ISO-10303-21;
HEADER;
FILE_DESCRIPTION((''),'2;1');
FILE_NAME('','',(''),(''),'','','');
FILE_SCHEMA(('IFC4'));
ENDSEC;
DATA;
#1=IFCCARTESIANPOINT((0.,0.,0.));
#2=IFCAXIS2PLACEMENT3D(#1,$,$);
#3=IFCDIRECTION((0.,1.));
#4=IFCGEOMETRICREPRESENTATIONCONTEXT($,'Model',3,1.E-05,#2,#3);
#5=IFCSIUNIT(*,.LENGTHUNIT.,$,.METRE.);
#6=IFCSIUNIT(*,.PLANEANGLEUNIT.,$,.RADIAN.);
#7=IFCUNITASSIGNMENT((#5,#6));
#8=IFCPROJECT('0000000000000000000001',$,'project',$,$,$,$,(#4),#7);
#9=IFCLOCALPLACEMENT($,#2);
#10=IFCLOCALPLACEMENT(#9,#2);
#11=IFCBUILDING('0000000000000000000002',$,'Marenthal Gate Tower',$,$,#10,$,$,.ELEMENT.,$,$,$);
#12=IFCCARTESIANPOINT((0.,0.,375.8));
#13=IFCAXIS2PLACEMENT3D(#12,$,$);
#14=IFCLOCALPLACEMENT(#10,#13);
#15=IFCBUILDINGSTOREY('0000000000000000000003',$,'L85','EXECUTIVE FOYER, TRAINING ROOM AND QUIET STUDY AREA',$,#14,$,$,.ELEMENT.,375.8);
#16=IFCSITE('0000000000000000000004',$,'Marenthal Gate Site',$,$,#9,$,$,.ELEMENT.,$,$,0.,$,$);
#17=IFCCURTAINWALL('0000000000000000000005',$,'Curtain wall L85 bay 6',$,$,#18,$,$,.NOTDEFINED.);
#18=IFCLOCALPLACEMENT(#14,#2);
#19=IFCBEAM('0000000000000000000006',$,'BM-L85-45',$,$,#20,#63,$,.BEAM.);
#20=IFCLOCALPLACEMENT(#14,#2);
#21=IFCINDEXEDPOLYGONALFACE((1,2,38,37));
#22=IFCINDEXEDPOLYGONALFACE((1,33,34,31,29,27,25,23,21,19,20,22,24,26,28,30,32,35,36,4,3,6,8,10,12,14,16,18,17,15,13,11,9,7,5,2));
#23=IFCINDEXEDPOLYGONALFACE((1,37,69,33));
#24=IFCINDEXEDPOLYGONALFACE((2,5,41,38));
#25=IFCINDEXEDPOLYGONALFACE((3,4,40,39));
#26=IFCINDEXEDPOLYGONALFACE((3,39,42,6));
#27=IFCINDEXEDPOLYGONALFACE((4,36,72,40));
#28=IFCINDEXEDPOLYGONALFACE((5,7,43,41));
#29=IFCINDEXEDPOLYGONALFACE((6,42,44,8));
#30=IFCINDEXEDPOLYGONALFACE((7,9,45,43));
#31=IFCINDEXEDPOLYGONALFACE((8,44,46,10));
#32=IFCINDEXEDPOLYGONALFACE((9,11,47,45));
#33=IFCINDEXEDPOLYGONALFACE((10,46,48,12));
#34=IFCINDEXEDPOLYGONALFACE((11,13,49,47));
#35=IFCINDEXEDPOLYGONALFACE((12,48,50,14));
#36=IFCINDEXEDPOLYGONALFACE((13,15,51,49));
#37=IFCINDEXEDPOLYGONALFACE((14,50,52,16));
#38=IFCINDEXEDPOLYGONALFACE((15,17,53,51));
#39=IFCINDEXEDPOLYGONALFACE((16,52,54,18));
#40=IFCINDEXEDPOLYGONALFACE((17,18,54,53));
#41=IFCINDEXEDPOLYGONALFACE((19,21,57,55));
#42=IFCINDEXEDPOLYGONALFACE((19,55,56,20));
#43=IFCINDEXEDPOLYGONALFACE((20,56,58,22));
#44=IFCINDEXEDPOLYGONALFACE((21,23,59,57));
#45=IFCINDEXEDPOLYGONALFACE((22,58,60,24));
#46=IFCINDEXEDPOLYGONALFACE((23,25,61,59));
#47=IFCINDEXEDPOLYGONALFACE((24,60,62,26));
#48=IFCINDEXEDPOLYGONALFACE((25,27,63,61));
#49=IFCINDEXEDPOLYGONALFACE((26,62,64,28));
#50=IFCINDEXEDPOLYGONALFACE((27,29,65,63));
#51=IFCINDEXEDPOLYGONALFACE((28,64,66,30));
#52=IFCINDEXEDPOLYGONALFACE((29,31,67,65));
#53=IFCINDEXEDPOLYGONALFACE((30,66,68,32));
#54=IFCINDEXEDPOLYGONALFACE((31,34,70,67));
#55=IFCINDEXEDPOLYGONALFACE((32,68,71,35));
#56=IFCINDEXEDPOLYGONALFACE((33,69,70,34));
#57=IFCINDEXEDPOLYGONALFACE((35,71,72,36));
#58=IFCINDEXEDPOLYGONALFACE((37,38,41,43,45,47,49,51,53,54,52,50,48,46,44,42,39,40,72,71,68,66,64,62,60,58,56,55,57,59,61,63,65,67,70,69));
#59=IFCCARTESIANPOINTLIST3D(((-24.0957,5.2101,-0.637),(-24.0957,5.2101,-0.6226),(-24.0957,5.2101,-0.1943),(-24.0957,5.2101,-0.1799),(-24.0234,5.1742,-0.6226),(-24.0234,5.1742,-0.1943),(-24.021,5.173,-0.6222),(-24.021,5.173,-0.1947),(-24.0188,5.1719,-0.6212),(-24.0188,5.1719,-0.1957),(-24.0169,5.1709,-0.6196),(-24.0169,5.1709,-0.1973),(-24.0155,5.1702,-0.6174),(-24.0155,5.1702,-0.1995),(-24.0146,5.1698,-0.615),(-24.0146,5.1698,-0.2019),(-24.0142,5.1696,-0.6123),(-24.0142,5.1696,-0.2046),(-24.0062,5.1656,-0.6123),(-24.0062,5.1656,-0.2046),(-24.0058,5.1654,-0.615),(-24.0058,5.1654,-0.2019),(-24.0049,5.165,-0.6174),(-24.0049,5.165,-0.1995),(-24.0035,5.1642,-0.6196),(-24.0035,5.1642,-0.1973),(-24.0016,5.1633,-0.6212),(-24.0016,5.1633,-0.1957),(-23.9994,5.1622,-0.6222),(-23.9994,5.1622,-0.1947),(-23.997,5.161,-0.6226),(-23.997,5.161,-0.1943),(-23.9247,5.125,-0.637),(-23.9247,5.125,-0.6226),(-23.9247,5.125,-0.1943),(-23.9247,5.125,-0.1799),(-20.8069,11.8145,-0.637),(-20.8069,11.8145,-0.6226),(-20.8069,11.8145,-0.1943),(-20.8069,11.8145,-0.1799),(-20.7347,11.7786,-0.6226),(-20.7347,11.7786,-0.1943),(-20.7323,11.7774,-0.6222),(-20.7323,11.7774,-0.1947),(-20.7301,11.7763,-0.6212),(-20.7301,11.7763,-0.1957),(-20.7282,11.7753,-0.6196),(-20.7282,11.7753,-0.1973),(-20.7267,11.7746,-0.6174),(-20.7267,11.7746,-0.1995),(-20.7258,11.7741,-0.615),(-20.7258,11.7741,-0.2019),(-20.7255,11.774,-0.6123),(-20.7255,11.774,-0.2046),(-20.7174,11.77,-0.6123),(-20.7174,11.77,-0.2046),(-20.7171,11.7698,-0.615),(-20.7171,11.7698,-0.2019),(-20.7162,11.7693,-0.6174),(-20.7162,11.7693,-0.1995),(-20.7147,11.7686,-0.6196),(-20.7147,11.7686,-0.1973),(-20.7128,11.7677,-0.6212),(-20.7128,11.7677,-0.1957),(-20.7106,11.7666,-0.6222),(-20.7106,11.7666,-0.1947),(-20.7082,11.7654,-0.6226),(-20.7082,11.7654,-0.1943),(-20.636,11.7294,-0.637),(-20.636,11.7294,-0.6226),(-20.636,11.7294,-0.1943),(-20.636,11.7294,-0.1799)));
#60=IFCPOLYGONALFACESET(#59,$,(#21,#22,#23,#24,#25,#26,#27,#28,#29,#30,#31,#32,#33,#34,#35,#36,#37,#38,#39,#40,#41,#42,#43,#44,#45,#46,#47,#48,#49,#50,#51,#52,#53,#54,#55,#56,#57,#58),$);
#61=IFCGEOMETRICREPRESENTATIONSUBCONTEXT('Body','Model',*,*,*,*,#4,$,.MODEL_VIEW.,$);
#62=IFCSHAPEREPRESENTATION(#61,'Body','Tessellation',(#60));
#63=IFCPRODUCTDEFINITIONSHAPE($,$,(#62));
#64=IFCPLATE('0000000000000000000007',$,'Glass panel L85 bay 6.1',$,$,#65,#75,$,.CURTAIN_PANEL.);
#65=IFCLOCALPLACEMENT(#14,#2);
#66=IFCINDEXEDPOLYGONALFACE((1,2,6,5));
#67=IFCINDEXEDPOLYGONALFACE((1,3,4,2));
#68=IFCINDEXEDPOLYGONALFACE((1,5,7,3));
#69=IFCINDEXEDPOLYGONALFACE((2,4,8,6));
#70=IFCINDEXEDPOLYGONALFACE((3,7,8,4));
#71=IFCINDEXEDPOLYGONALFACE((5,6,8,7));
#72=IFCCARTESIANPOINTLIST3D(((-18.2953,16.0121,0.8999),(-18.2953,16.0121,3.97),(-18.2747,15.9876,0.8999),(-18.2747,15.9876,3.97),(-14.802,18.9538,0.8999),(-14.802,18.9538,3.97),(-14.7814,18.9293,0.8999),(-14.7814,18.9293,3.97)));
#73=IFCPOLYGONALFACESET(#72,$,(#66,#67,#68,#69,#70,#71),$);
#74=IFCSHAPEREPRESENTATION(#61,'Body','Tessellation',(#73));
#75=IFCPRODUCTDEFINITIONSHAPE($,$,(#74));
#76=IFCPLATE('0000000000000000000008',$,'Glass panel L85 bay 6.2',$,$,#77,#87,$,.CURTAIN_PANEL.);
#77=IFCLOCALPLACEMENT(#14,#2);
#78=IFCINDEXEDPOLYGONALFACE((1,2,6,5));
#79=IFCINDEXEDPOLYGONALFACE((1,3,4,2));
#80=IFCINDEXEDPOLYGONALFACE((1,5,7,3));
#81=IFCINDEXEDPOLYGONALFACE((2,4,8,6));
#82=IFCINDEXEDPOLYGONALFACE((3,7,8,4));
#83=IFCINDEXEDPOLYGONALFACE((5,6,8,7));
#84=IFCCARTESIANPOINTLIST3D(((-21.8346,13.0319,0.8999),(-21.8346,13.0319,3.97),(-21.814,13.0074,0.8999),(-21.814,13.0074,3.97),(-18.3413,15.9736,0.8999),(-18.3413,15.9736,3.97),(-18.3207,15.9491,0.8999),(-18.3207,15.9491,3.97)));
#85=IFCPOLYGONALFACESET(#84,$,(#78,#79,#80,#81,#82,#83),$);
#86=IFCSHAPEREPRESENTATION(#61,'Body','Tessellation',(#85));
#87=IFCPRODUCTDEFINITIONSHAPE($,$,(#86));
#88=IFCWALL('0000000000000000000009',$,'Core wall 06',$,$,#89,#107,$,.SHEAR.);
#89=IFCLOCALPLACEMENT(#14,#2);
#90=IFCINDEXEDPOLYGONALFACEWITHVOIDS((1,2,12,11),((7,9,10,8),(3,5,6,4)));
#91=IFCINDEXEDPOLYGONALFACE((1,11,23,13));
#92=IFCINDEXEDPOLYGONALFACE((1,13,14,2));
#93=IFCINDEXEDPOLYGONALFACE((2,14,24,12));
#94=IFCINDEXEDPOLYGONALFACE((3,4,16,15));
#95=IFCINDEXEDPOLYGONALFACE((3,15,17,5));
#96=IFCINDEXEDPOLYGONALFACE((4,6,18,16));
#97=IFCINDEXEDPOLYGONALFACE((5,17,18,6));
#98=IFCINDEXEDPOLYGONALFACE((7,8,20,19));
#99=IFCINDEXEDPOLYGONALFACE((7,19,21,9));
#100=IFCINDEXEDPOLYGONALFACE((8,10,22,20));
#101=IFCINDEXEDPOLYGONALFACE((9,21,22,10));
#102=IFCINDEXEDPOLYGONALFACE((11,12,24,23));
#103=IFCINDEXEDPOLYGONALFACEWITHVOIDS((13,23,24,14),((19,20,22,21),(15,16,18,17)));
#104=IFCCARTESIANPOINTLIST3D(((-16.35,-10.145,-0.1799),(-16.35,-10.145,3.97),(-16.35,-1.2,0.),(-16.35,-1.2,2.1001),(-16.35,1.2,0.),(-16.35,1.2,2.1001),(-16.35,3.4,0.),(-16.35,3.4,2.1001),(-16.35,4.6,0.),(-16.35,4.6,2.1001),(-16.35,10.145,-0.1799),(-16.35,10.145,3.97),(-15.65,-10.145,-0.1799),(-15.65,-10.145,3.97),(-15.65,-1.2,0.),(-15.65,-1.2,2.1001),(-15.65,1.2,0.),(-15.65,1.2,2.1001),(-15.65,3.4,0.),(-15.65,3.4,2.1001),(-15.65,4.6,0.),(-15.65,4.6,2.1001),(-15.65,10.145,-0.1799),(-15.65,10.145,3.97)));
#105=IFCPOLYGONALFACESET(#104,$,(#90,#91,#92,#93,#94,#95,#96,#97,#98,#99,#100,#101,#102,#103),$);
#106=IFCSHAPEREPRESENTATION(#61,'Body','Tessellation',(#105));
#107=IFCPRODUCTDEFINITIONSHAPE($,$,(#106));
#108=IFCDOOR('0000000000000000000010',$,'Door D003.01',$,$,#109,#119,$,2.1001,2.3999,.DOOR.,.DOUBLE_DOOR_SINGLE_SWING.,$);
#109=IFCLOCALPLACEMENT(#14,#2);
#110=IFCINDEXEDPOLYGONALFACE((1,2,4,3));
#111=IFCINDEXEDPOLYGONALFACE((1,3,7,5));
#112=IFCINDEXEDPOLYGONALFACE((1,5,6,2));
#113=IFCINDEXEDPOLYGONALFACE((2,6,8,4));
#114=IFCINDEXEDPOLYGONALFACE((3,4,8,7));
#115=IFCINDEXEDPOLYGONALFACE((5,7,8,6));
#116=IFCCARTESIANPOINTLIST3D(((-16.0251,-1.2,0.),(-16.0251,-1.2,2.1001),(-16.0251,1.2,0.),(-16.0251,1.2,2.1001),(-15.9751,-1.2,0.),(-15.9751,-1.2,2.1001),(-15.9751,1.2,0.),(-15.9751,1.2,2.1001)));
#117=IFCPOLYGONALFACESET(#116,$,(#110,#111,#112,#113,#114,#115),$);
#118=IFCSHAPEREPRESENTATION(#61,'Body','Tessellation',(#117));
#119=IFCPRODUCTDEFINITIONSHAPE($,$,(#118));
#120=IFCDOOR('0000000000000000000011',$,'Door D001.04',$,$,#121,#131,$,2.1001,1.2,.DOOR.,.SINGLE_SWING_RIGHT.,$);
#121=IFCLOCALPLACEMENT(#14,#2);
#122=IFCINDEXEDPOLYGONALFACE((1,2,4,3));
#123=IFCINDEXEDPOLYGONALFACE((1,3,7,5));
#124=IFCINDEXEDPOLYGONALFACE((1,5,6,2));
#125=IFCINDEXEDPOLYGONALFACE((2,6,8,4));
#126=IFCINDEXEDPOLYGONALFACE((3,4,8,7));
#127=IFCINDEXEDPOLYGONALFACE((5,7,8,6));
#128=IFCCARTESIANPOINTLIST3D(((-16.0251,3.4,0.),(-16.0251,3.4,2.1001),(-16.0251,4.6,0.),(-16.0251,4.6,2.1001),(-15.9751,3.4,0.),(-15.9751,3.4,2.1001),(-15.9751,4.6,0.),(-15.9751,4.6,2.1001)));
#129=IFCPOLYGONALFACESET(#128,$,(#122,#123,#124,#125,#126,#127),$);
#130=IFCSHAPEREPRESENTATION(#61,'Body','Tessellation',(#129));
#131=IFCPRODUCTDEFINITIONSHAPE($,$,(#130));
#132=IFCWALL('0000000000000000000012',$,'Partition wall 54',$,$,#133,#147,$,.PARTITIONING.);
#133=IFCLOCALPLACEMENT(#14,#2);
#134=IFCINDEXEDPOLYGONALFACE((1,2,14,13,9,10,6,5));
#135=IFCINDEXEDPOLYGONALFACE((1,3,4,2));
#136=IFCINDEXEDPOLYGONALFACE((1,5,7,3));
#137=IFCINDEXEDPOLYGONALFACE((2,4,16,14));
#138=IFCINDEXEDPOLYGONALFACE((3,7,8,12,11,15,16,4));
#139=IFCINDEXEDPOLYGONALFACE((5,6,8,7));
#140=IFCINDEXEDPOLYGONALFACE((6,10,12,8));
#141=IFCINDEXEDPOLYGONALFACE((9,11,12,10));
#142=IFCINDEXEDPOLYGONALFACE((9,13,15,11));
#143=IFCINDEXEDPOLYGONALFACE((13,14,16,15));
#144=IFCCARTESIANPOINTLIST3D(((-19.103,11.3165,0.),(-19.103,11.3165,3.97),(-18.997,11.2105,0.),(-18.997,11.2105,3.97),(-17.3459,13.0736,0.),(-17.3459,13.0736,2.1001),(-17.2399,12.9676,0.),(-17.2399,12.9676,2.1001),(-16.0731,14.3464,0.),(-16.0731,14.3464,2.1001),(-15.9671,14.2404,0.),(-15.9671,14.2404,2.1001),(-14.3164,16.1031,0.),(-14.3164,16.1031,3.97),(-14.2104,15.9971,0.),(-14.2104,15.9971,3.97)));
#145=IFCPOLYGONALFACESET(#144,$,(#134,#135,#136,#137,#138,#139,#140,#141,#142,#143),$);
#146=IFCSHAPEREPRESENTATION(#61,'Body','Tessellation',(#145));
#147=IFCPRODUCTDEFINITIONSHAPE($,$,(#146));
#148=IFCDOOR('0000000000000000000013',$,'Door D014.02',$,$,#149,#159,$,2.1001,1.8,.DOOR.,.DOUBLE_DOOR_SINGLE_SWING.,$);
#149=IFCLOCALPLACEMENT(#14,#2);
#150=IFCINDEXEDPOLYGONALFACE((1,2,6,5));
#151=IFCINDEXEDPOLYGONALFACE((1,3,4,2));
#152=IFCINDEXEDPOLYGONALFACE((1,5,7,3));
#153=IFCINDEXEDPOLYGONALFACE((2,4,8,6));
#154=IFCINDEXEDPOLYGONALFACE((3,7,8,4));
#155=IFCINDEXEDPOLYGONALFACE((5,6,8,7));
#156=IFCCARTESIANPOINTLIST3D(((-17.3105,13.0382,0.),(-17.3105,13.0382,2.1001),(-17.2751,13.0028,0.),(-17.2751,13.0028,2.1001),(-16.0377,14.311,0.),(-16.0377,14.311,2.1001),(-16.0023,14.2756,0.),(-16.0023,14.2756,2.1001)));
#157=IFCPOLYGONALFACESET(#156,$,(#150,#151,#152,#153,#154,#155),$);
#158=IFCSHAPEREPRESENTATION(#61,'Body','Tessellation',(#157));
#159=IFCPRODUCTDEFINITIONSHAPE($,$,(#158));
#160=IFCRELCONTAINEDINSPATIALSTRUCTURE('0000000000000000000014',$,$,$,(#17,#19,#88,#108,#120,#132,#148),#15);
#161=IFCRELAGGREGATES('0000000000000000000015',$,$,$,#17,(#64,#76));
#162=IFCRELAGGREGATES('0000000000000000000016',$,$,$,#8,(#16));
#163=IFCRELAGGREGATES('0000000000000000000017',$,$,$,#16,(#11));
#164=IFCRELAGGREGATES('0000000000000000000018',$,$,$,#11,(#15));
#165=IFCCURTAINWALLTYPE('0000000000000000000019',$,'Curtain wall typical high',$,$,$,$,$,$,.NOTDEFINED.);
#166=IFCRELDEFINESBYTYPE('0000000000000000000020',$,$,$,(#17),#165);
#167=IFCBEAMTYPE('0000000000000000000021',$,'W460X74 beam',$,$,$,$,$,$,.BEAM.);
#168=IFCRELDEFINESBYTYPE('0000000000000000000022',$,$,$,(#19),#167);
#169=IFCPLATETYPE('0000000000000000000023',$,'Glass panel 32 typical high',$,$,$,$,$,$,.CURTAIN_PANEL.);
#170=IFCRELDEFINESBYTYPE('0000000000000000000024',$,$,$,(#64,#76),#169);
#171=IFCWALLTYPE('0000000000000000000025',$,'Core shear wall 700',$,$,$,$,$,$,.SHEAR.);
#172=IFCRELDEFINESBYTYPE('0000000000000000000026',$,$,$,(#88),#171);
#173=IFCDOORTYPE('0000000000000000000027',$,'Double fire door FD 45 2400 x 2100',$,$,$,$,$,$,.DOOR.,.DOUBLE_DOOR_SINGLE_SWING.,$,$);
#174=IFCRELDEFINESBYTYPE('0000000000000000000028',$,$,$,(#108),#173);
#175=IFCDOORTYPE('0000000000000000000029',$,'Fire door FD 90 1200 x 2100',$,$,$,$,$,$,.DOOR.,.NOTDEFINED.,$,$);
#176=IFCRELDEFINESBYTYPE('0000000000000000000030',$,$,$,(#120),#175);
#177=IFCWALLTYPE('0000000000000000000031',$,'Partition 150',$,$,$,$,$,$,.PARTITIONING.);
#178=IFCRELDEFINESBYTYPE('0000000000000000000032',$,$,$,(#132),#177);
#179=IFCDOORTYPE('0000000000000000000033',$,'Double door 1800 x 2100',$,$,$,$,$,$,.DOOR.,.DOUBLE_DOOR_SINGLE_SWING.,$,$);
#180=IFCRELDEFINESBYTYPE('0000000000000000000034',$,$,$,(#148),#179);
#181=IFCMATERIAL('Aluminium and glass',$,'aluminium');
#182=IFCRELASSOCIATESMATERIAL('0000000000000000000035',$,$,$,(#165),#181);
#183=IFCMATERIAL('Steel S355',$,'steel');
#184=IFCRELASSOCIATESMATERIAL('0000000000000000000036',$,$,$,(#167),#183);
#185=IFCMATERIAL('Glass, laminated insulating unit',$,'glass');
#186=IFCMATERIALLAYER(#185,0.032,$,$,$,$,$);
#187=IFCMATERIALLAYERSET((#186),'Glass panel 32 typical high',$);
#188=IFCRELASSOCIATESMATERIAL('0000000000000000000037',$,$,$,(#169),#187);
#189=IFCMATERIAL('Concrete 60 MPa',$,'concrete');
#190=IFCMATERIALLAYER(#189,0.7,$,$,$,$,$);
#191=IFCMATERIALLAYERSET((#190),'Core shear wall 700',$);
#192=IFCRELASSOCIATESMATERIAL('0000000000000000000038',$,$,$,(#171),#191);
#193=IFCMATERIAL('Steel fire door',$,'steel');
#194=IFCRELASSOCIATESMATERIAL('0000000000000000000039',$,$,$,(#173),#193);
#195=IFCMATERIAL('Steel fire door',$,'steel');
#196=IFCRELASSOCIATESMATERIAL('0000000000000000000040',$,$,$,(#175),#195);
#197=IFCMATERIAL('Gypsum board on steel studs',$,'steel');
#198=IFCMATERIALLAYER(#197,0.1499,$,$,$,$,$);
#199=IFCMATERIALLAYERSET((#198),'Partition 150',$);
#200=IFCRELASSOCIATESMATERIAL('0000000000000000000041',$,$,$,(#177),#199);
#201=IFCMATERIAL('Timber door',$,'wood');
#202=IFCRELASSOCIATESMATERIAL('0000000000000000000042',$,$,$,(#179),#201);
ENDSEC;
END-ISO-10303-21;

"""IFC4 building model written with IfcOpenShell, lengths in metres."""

from ifc_helpers import new_model, si_unit, direction, frame, frame_2d, origin, origin_2d, place, context, subcontext, project, spatial, rectangle, i_section, extrude, material, layer, layer_set, material_profile, profile_set, type_object, element, fill, aggregate, save


model = new_model("IFC4")

# Units and contexts
model_context = context("Model", 3, precision=1e-05, world=origin(), true_north=direction((0.0, 1.0)))
body_context = subcontext(model_context, "Body", "Model", "MODEL_VIEW")
ifc_project = project(units=[si_unit("LENGTHUNIT", "METRE"), si_unit("PLANEANGLEUNIT", "RADIAN")], contexts=[model_context])

# Site, building, storey
site_placement = place(None, origin())
site = spatial("IfcSite", under=ifc_project, at=site_placement, Name="Marenthal Gate Site", CompositionType="ELEMENT", RefElevation=0.0)
building_placement = place(site_placement, origin())
building = spatial("IfcBuilding", under=site, at=building_placement, Name="Marenthal Gate Tower", CompositionType="ELEMENT")
storey_placement = place(building_placement, frame((0.0, 0.0, 375.8)))
storey = spatial("IfcBuildingStorey", under=building, at=storey_placement, Name="L85", Description="EXECUTIVE FOYER, TRAINING ROOM AND QUIET STUDY AREA", CompositionType="ELEMENT", Elevation=375.8)

# Curtain wall
ifc_material_1 = material(Name="Aluminium and glass", Category="aluminium")
curtain_wall_type = type_object("IfcCurtainWallType", Name="Curtain wall typical high", PredefinedType="NOTDEFINED", material=ifc_material_1)
curtain_wall_placement = place(storey_placement, origin())
curtain_wall = element("IfcCurtainWall", 1, at=curtain_wall_placement, inside=storey, type_object=curtain_wall_type, Name="Curtain wall L85 bay 6", PredefinedType="NOTDEFINED")

# Beam
ifc_material_2 = material(Name="Steel S355", Category="steel")
ifc_material_profile_1 = material_profile(ifc_material_2, i_section(OverallWidth=0.1909, OverallDepth=0.457, WebThickness=0.009, FlangeThickness=0.0144, FilletRadius=0.0103, at=origin_2d()), Name="W460X74")
ifc_profile_set_1 = profile_set([ifc_material_profile_1], Name="Steel S355")
beam_type_1 = type_object("IfcBeamType", Name="W460X74 beam", PredefinedType="BEAM", material=ifc_profile_set_1)
beam_1_placement = place(storey_placement, frame((-20.7214, 11.772, -0.4084), z_axis=(-0.445757, -0.895154, 0.0), x_axis=(0.895154, -0.445757, 0.0)))
element("IfcBeam", 2, at=beam_1_placement, inside=storey, type_object=beam_type_1, Name="BM-L85-45", PredefinedType="BEAM", context=body_context, shape_type="SweptSolid", body=[
    extrude(i_section(OverallWidth=0.1909, OverallDepth=0.457, WebThickness=0.009, FlangeThickness=0.0144, FilletRadius=0.0103, at=origin_2d()), origin(), (0.0, 0.0, 1.0), 7.3779),
])

# Plates
ifc_material_3 = material(Name="Glass, laminated insulating unit", Category="glass")
ifc_layer_1 = layer(ifc_material_3, 0.032)
ifc_layer_set_1 = layer_set([ifc_layer_1], Name="Glass panel 32 typical high")
plate_type = type_object("IfcPlateType", Name="Glass panel 32 typical high", PredefinedType="CURTAIN_PANEL", material=ifc_layer_set_1)
plate_1_placement = place(storey_placement, frame((-16.5383, 17.4707, 0.8999), z_axis=(0.0, 0.0, 1.0), x_axis=(-0.764912, -0.644135, 0.0)))
plate_1 = element("IfcPlate", 3, at=plate_1_placement, type_object=plate_type, Name="Glass panel L85 bay 6.1", PredefinedType="CURTAIN_PANEL", context=body_context, shape_type="SweptSolid", body=[
    extrude(rectangle(XDim=4.5669, YDim=0.032, at=origin_2d()), origin(), (0.0, 0.0, 1.0), 3.0701),
])
plate_2_placement = place(storey_placement, frame((-20.0776, 14.4905, 0.8999), z_axis=(0.0, 0.0, 1.0), x_axis=(-0.764912, -0.644135, 0.0)))
plate_2 = element("IfcPlate", 4, at=plate_2_placement, type_object=plate_type, Name="Glass panel L85 bay 6.2", PredefinedType="CURTAIN_PANEL", context=body_context, shape_type="SweptSolid", body=[
    extrude(rectangle(XDim=4.5669, YDim=0.032, at=origin_2d()), origin(), (0.0, 0.0, 1.0), 3.0701),
])
aggregate(curtain_wall, [plate_1, plate_2])

# Wall, openings, doors
ifc_material_4 = material(Name="Concrete 60 MPa", Category="concrete")
ifc_layer_2 = layer(ifc_material_4, 0.7)
ifc_layer_set_2 = layer_set([ifc_layer_2], Name="Core shear wall 700")
wall_type_1 = type_object("IfcWallType", Name="Core shear wall 700", PredefinedType="SHEAR", material=ifc_layer_set_2)
wall_1_placement = place(storey_placement, frame((-16.0, 10.145, -0.1799), z_axis=(0.0, 0.0, 1.0), x_axis=(0.0, -1.0, 0.0)))
wall_1 = element("IfcWall", 5, at=wall_1_placement, inside=storey, type_object=wall_type_1, Name="Core wall 06", PredefinedType="SHEAR", context=body_context, shape_type="SweptSolid", body=[
    extrude(rectangle(XDim=20.29, YDim=0.7, at=frame_2d((10.145, 0.0))), origin(), (0.0, 0.0, 1.0), 4.1499),
])
opening_1_placement = place(wall_1_placement, frame((8.9451, 0.0, 0.1799)))
opening_1 = element("IfcOpeningElement", 6, at=opening_1_placement, cuts=wall_1, PredefinedType="OPENING", context=body_context, shape_type="SweptSolid", body=[
    extrude(rectangle(XDim=2.3999, YDim=2.1001, at=frame_2d((1.2, 1.05))), frame((0.0, 0.3599, 0.0), z_axis=(0.0, -1.0, 0.0), x_axis=(1.0, 0.0, 0.0)), (0.0, 0.0, 1.0), 0.72),
])
opening_2_placement = place(wall_1_placement, frame((5.5449, 0.0, 0.1799)))
opening_2 = element("IfcOpeningElement", 7, at=opening_2_placement, cuts=wall_1, PredefinedType="OPENING", context=body_context, shape_type="SweptSolid", body=[
    extrude(rectangle(XDim=1.2, YDim=2.1001, at=frame_2d((0.6001, 1.05))), frame((0.0, 0.3599, 0.0), z_axis=(0.0, -1.0, 0.0), x_axis=(1.0, 0.0, 0.0)), (0.0, 0.0, 1.0), 0.72),
])
ifc_material_5 = material(Name="Steel fire door", Category="steel")
door_type_1 = type_object("IfcDoorType", Name="Double fire door FD 45 2400 x 2100", OperationType="DOUBLE_DOOR_SINGLE_SWING", PredefinedType="DOOR", material=ifc_material_5)
door_1_placement = place(opening_1_placement, origin())
door_1 = element("IfcDoor", 8, at=door_1_placement, inside=storey, type_object=door_type_1, Name="Door D003.01", OperationType="DOUBLE_DOOR_SINGLE_SWING", OverallHeight=2.1001, OverallWidth=2.3999, PredefinedType="DOOR", context=body_context, shape_type="SweptSolid", body=[
    extrude(rectangle(XDim=2.3999, YDim=2.1001, at=frame_2d((1.2, 1.05))), frame((0.0, 0.0249, 0.0), z_axis=(0.0, -1.0, 0.0), x_axis=(1.0, 0.0, 0.0)), (0.0, 0.0, 1.0), 0.05),
])
fill(opening_1, door_1)
ifc_material_6 = material(Name="Steel fire door", Category="steel")
door_type_2 = type_object("IfcDoorType", Name="Fire door FD 90 1200 x 2100", OperationType="NOTDEFINED", PredefinedType="DOOR", material=ifc_material_6)
door_2_placement = place(opening_2_placement, origin())
door_2 = element("IfcDoor", 9, at=door_2_placement, inside=storey, type_object=door_type_2, Name="Door D001.04", OperationType="SINGLE_SWING_RIGHT", OverallHeight=2.1001, OverallWidth=1.2, PredefinedType="DOOR", context=body_context, shape_type="SweptSolid", body=[
    extrude(rectangle(XDim=1.2, YDim=2.1001, at=frame_2d((0.6001, 1.05))), frame((0.0, 0.0249, 0.0), z_axis=(0.0, -1.0, 0.0), x_axis=(1.0, 0.0, 0.0)), (0.0, 0.0, 1.0), 0.05),
])
fill(opening_2, door_2)

# Wall, opening, door
ifc_material_7 = material(Name="Gypsum board on steel studs", Category="steel")
ifc_layer_3 = layer(ifc_material_7, 0.1499)
ifc_layer_set_3 = layer_set([ifc_layer_3], Name="Partition 150")
wall_type_2 = type_object("IfcWallType", Name="Partition 150", PredefinedType="PARTITIONING", material=ifc_layer_set_3)
wall_2_placement = place(storey_placement, frame((-19.05, 11.2634, 0.0), z_axis=(0.0, 0.0, 1.0), x_axis=(0.707107, 0.707107, 0.0)))
wall_2 = element("IfcWall", 10, at=wall_2_placement, inside=storey, type_object=wall_type_2, Name="Partition wall 54", PredefinedType="PARTITIONING", context=body_context, shape_type="SweptSolid", body=[
    extrude(rectangle(XDim=6.7693, YDim=0.1499, at=frame_2d((3.3848, 0.0))), origin(), (0.0, 0.0, 1.0), 3.97),
])
opening_3_placement = place(wall_2_placement, frame((2.4851, 0.0, 0.0)))
opening_3 = element("IfcOpeningElement", 11, at=opening_3_placement, cuts=wall_2, PredefinedType="OPENING", context=body_context, shape_type="SweptSolid", body=[
    extrude(rectangle(XDim=1.8, YDim=2.1001, at=frame_2d((0.8999, 1.05))), frame((0.0, 0.085, 0.0), z_axis=(0.0, -1.0, 0.0), x_axis=(1.0, 0.0, 0.0)), (0.0, 0.0, 1.0), 0.1699),
])
ifc_material_8 = material(Name="Timber door", Category="wood")
door_type_3 = type_object("IfcDoorType", Name="Double door 1800 x 2100", OperationType="DOUBLE_DOOR_SINGLE_SWING", PredefinedType="DOOR", material=ifc_material_8)
door_3_placement = place(opening_3_placement, origin())
door_3 = element("IfcDoor", 12, at=door_3_placement, inside=storey, type_object=door_type_3, Name="Door D014.02", OperationType="DOUBLE_DOOR_SINGLE_SWING", OverallHeight=2.1001, OverallWidth=1.8, PredefinedType="DOOR", context=body_context, shape_type="SweptSolid", body=[
    extrude(rectangle(XDim=1.8, YDim=2.1001, at=frame_2d((0.8999, 1.05))), frame((0.0, 0.0249, 0.0), z_axis=(0.0, -1.0, 0.0), x_axis=(1.0, 0.0, 0.0)), (0.0, 0.0, 1.0), 0.05),
])
fill(opening_3, door_3)

save(model, "model.ifc")
